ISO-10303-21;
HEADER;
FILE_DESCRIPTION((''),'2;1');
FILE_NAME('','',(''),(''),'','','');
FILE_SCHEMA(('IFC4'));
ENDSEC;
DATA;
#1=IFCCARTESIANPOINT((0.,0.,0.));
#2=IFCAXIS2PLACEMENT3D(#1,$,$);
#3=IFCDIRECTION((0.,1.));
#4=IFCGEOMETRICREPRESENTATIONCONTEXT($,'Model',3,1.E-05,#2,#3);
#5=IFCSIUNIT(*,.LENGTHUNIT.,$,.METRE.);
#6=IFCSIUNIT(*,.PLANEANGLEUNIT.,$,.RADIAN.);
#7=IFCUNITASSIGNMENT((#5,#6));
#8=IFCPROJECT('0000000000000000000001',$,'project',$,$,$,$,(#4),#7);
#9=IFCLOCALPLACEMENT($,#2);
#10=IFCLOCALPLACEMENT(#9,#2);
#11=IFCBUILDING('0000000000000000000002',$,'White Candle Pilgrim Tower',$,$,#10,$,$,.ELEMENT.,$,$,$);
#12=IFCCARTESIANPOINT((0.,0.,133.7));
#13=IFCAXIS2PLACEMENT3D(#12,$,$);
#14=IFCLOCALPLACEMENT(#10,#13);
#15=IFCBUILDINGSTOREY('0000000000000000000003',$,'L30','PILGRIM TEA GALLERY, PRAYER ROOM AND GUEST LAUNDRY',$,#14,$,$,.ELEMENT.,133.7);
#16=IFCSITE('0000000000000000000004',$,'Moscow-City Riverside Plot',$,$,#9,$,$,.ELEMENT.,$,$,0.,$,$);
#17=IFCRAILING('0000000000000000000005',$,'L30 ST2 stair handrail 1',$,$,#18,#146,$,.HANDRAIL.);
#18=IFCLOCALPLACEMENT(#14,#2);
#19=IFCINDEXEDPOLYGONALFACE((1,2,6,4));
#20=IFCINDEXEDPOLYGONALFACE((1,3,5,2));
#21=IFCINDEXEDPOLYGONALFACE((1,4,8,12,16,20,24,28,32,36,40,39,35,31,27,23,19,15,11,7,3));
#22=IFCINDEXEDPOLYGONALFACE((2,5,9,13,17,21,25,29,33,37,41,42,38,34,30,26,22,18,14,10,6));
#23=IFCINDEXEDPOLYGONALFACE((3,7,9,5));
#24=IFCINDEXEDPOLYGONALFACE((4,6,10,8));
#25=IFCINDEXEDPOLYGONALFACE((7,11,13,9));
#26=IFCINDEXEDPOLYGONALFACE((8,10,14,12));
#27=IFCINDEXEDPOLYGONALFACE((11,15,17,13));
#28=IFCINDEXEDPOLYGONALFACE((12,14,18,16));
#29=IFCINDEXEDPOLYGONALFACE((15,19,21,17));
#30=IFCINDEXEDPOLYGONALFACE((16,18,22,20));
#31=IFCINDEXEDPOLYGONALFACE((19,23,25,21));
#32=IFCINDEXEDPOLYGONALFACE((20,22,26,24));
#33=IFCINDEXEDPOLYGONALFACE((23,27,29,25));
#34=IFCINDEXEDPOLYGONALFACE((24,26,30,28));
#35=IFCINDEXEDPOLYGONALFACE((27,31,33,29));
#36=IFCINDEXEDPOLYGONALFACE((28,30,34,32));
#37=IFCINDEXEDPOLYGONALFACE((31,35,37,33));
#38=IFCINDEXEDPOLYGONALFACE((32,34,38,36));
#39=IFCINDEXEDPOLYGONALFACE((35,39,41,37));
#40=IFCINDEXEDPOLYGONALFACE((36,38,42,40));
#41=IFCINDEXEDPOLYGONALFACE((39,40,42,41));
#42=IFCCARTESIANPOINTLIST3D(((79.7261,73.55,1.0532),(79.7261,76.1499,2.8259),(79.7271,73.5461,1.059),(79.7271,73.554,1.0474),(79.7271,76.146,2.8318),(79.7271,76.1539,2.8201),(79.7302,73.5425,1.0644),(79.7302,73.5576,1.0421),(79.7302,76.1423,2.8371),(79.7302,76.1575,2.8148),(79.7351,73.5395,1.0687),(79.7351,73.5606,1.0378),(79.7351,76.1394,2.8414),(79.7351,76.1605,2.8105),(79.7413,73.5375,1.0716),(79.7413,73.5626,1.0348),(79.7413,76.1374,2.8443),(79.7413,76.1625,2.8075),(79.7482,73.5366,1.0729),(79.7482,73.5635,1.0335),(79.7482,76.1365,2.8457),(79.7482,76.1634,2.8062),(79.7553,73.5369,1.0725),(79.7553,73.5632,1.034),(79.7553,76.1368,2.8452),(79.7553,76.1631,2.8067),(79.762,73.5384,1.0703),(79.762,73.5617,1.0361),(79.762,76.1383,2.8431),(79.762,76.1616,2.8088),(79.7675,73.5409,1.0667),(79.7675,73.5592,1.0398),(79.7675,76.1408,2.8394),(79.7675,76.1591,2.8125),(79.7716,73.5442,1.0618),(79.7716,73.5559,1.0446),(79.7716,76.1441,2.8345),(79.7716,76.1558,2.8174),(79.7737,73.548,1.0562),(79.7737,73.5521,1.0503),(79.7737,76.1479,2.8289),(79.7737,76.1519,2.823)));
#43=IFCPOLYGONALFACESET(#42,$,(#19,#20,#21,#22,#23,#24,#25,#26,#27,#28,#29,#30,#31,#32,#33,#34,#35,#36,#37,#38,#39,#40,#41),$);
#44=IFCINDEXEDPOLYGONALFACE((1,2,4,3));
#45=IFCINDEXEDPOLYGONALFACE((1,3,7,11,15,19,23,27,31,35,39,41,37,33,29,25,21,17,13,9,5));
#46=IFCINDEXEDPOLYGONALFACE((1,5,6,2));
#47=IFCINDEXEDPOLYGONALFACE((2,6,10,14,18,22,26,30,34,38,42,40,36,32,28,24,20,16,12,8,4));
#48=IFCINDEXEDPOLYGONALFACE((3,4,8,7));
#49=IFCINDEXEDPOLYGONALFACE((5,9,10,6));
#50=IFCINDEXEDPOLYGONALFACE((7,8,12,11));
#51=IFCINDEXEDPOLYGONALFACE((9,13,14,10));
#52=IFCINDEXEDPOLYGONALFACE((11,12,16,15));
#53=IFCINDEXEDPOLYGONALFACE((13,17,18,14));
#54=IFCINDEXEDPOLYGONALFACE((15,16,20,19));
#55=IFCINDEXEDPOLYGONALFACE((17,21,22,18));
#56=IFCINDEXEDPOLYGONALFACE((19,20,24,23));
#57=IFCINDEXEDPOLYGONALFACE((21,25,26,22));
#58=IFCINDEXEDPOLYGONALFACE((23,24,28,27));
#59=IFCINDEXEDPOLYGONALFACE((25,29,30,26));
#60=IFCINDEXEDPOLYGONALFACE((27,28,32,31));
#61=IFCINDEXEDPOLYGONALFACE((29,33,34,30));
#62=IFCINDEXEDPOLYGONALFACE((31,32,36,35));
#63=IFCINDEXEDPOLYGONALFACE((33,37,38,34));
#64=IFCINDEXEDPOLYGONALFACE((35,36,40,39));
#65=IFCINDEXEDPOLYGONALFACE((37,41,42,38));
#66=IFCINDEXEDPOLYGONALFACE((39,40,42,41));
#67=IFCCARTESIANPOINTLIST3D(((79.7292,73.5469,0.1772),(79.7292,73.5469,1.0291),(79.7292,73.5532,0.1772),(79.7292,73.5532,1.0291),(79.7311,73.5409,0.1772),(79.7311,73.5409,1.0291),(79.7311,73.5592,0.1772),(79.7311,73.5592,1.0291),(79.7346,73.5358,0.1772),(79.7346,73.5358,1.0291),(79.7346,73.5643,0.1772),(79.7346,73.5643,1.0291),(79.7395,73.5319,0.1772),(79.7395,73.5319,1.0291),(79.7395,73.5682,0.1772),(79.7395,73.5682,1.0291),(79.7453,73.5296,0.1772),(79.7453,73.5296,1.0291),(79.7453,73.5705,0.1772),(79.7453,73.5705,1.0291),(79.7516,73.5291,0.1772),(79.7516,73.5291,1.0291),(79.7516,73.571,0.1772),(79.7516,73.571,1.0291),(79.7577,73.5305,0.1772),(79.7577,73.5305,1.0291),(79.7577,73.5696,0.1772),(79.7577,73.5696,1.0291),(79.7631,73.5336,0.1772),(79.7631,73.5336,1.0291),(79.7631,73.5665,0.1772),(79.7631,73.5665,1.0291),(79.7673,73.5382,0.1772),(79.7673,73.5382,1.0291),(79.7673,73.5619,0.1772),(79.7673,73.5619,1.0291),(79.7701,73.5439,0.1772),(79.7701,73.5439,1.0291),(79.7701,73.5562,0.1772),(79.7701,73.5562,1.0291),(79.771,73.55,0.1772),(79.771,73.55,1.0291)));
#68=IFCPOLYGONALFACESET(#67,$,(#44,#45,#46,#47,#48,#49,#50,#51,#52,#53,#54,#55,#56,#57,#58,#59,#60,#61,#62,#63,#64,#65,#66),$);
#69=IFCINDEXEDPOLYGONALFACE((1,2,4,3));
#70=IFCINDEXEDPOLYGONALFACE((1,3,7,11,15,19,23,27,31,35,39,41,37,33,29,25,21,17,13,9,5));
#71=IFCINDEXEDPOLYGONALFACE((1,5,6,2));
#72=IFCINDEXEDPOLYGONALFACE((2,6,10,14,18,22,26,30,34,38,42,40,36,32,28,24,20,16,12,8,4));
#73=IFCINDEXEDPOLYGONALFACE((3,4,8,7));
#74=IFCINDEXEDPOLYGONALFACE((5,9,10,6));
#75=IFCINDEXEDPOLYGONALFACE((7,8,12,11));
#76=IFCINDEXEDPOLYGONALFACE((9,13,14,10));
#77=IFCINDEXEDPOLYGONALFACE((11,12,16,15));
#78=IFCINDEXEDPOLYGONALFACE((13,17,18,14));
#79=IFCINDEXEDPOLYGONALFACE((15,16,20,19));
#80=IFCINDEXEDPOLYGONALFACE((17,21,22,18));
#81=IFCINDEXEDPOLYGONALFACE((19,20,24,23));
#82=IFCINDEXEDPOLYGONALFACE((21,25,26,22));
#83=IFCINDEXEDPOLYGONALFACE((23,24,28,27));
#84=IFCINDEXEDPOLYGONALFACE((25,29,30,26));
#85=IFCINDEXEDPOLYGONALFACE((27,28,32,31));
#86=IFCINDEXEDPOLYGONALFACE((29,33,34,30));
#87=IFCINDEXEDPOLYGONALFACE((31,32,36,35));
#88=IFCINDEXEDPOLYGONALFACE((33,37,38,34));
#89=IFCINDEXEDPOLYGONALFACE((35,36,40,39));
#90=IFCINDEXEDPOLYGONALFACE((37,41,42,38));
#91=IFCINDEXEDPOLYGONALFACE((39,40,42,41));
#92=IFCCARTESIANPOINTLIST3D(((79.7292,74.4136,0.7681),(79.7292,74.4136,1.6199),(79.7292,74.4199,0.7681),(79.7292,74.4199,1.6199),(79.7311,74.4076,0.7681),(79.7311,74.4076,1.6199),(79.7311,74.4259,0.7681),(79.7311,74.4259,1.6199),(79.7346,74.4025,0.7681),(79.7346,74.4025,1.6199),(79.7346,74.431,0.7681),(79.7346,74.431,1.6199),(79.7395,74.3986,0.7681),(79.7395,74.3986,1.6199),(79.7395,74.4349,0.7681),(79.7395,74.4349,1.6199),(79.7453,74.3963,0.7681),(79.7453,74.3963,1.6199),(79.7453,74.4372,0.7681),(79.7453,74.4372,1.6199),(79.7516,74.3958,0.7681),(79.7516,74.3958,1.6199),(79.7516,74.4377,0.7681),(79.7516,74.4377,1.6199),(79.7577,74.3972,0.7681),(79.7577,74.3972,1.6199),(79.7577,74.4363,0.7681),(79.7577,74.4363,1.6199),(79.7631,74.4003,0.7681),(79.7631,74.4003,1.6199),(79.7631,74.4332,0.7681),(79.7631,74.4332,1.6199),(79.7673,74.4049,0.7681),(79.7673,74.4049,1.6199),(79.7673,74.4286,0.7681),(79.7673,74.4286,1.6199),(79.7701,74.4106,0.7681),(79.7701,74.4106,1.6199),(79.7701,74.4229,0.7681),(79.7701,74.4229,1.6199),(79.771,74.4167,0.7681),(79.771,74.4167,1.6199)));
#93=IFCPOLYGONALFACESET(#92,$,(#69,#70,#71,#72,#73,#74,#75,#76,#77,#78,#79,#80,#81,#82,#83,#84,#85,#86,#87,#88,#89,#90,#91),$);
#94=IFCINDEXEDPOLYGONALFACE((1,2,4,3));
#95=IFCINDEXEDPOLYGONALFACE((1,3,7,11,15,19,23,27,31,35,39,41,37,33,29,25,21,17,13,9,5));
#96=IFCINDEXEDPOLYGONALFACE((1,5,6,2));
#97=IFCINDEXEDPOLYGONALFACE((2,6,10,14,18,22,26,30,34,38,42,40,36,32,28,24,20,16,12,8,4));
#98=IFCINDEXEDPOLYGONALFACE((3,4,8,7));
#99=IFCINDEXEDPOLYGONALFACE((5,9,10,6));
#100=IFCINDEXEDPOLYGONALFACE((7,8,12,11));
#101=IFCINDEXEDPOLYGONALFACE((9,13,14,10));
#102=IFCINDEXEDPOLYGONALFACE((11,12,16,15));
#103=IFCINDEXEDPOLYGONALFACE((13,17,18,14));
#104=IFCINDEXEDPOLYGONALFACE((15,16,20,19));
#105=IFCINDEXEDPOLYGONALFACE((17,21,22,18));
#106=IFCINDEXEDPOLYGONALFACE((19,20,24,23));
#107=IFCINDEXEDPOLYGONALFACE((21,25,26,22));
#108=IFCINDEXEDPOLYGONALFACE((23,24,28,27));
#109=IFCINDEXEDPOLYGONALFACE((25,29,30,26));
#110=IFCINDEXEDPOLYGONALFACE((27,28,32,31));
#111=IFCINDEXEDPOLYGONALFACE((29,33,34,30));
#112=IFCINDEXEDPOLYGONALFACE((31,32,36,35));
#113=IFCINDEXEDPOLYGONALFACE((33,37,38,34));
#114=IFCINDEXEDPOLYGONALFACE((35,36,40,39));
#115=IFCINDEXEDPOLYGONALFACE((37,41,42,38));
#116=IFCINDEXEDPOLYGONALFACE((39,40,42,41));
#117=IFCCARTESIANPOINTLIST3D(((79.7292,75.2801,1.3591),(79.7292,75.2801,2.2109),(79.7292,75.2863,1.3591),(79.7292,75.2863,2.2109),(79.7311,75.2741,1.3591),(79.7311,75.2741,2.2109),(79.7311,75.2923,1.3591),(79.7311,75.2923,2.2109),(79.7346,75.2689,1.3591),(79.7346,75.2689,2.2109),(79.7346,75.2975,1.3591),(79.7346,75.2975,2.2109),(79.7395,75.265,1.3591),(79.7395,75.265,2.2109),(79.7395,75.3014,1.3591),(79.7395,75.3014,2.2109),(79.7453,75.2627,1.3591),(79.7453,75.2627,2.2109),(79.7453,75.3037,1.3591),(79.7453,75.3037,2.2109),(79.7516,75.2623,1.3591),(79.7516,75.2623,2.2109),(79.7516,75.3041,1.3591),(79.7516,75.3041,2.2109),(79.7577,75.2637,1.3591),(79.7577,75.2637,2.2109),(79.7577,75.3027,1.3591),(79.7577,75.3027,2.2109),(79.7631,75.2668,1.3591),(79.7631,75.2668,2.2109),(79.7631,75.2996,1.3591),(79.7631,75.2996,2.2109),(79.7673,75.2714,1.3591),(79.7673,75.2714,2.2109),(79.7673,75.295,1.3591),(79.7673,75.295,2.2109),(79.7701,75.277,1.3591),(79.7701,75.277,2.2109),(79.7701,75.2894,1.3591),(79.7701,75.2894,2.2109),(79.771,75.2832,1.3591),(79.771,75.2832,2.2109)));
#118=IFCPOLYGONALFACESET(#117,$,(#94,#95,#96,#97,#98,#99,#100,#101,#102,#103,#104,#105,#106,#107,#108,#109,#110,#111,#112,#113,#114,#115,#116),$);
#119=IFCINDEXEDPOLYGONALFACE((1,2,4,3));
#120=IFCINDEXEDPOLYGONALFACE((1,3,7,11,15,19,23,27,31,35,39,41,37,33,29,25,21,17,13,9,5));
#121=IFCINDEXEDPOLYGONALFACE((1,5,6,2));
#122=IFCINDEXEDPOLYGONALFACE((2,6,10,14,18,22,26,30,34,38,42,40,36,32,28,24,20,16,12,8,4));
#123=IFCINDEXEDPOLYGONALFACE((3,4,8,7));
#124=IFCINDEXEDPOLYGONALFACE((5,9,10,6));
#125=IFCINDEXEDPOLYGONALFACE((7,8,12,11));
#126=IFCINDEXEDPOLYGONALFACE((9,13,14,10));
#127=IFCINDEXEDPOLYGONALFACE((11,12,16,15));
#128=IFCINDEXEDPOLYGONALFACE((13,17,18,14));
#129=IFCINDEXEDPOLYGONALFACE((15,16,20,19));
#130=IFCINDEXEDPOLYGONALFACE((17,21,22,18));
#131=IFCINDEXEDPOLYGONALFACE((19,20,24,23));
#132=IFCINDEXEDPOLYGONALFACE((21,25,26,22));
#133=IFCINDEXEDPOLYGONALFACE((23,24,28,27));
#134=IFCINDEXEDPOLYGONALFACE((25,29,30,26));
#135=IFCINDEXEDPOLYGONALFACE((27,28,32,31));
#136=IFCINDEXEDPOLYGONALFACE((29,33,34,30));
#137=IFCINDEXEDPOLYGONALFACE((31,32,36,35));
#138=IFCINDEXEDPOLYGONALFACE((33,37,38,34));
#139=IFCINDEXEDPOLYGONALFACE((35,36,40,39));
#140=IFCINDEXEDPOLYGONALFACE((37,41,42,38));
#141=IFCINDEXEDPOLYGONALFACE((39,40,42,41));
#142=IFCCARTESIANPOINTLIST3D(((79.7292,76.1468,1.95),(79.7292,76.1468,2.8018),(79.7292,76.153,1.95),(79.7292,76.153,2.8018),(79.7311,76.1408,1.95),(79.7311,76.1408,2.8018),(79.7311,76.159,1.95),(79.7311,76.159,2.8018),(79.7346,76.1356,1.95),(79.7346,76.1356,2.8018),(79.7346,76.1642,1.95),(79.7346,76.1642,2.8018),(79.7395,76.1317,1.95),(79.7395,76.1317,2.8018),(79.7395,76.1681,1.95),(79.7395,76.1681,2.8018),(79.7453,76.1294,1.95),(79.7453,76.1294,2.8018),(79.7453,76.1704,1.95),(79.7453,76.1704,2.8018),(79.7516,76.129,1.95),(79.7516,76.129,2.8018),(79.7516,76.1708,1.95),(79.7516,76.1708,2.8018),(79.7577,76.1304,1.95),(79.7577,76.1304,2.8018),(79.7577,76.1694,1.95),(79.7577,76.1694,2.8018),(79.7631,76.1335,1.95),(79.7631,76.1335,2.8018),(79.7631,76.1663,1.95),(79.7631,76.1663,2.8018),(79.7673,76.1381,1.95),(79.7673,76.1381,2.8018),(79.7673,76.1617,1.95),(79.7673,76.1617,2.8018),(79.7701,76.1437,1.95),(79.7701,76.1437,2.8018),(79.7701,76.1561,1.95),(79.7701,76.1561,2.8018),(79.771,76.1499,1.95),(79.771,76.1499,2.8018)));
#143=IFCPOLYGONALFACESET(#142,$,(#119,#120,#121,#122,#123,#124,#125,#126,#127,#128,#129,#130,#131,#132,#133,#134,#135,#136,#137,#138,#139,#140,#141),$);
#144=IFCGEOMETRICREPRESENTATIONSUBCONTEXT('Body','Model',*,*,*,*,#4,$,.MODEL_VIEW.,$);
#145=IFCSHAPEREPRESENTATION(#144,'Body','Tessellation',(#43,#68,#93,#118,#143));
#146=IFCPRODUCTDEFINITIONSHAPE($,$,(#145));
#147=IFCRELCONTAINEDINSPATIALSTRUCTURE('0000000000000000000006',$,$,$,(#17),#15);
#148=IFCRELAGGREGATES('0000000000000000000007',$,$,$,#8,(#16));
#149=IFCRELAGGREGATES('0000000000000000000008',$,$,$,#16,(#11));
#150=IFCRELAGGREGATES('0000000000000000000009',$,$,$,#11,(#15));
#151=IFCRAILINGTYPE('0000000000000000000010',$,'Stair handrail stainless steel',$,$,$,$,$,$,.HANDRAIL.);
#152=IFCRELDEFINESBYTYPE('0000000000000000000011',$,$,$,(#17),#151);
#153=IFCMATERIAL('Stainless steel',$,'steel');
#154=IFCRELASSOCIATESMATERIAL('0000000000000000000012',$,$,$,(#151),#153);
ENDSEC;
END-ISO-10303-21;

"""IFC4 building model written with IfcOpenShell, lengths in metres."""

from ifc_helpers import new_model, si_unit, direction, frame, origin, origin_2d, place, context, subcontext, project, spatial, circle, extrude, material, type_object, element, save


model = new_model("IFC4")

# Units and contexts
model_context = context("Model", 3, precision=1e-05, world=origin(), true_north=direction((0.0, 1.0)))
body_context = subcontext(model_context, "Body", "Model", "MODEL_VIEW")
ifc_project = project(units=[si_unit("LENGTHUNIT", "METRE"), si_unit("PLANEANGLEUNIT", "RADIAN")], contexts=[model_context])

# Site, building, storey
site_placement = place(None, origin())
site = spatial("IfcSite", under=ifc_project, at=site_placement, Name="Moscow-City Riverside Plot", CompositionType="ELEMENT", RefElevation=0.0)
building_placement = place(site_placement, origin())
building = spatial("IfcBuilding", under=site, at=building_placement, Name="White Candle Pilgrim Tower", CompositionType="ELEMENT")
storey_placement = place(building_placement, frame((0.0, 0.0, 133.7)))
storey = spatial("IfcBuildingStorey", under=building, at=storey_placement, Name="L30", Description="PILGRIM TEA GALLERY, PRAYER ROOM AND GUEST LAUNDRY", CompositionType="ELEMENT", Elevation=133.7)

# Railing
ifc_material_1 = material(Name="Stainless steel", Category="steel")
railing_type_1 = type_object("IfcRailingType", Name="Stair handrail stainless steel", PredefinedType="HANDRAIL", material=ifc_material_1)
railing_1_placement = place(storey_placement, frame((79.75, 73.55, 0.1772)))
element("IfcRailing", 1, at=railing_1_placement, inside=storey, type_object=railing_type_1, Name="L30 ST2 stair handrail 1", PredefinedType="HANDRAIL", context=body_context, shape_type="SweptSolid", body=[
    extrude(circle(Radius=0.0239, at=origin_2d()), frame((0.0, 0.0, 0.876), z_axis=(0.0, 0.826216, 0.563354), x_axis=(-1.0, 0.0, 0.0)), (0.0, 0.0, 1.0), 3.1467),
    extrude(circle(Radius=0.021, at=origin_2d()), origin(), (0.0, 0.0, 1.0), 0.8518),
    extrude(circle(Radius=0.021, at=origin_2d()), frame((0.0, 0.8667, 0.5908)), (0.0, 0.0, 1.0), 0.8518),
    extrude(circle(Radius=0.021, at=origin_2d()), frame((0.0, 1.7332, 1.1819)), (0.0, 0.0, 1.0), 0.8518),
    extrude(circle(Radius=0.021, at=origin_2d()), frame((0.0, 2.5999, 1.7727)), (0.0, 0.0, 1.0), 0.8518),
])

save(model, "model.ifc")
